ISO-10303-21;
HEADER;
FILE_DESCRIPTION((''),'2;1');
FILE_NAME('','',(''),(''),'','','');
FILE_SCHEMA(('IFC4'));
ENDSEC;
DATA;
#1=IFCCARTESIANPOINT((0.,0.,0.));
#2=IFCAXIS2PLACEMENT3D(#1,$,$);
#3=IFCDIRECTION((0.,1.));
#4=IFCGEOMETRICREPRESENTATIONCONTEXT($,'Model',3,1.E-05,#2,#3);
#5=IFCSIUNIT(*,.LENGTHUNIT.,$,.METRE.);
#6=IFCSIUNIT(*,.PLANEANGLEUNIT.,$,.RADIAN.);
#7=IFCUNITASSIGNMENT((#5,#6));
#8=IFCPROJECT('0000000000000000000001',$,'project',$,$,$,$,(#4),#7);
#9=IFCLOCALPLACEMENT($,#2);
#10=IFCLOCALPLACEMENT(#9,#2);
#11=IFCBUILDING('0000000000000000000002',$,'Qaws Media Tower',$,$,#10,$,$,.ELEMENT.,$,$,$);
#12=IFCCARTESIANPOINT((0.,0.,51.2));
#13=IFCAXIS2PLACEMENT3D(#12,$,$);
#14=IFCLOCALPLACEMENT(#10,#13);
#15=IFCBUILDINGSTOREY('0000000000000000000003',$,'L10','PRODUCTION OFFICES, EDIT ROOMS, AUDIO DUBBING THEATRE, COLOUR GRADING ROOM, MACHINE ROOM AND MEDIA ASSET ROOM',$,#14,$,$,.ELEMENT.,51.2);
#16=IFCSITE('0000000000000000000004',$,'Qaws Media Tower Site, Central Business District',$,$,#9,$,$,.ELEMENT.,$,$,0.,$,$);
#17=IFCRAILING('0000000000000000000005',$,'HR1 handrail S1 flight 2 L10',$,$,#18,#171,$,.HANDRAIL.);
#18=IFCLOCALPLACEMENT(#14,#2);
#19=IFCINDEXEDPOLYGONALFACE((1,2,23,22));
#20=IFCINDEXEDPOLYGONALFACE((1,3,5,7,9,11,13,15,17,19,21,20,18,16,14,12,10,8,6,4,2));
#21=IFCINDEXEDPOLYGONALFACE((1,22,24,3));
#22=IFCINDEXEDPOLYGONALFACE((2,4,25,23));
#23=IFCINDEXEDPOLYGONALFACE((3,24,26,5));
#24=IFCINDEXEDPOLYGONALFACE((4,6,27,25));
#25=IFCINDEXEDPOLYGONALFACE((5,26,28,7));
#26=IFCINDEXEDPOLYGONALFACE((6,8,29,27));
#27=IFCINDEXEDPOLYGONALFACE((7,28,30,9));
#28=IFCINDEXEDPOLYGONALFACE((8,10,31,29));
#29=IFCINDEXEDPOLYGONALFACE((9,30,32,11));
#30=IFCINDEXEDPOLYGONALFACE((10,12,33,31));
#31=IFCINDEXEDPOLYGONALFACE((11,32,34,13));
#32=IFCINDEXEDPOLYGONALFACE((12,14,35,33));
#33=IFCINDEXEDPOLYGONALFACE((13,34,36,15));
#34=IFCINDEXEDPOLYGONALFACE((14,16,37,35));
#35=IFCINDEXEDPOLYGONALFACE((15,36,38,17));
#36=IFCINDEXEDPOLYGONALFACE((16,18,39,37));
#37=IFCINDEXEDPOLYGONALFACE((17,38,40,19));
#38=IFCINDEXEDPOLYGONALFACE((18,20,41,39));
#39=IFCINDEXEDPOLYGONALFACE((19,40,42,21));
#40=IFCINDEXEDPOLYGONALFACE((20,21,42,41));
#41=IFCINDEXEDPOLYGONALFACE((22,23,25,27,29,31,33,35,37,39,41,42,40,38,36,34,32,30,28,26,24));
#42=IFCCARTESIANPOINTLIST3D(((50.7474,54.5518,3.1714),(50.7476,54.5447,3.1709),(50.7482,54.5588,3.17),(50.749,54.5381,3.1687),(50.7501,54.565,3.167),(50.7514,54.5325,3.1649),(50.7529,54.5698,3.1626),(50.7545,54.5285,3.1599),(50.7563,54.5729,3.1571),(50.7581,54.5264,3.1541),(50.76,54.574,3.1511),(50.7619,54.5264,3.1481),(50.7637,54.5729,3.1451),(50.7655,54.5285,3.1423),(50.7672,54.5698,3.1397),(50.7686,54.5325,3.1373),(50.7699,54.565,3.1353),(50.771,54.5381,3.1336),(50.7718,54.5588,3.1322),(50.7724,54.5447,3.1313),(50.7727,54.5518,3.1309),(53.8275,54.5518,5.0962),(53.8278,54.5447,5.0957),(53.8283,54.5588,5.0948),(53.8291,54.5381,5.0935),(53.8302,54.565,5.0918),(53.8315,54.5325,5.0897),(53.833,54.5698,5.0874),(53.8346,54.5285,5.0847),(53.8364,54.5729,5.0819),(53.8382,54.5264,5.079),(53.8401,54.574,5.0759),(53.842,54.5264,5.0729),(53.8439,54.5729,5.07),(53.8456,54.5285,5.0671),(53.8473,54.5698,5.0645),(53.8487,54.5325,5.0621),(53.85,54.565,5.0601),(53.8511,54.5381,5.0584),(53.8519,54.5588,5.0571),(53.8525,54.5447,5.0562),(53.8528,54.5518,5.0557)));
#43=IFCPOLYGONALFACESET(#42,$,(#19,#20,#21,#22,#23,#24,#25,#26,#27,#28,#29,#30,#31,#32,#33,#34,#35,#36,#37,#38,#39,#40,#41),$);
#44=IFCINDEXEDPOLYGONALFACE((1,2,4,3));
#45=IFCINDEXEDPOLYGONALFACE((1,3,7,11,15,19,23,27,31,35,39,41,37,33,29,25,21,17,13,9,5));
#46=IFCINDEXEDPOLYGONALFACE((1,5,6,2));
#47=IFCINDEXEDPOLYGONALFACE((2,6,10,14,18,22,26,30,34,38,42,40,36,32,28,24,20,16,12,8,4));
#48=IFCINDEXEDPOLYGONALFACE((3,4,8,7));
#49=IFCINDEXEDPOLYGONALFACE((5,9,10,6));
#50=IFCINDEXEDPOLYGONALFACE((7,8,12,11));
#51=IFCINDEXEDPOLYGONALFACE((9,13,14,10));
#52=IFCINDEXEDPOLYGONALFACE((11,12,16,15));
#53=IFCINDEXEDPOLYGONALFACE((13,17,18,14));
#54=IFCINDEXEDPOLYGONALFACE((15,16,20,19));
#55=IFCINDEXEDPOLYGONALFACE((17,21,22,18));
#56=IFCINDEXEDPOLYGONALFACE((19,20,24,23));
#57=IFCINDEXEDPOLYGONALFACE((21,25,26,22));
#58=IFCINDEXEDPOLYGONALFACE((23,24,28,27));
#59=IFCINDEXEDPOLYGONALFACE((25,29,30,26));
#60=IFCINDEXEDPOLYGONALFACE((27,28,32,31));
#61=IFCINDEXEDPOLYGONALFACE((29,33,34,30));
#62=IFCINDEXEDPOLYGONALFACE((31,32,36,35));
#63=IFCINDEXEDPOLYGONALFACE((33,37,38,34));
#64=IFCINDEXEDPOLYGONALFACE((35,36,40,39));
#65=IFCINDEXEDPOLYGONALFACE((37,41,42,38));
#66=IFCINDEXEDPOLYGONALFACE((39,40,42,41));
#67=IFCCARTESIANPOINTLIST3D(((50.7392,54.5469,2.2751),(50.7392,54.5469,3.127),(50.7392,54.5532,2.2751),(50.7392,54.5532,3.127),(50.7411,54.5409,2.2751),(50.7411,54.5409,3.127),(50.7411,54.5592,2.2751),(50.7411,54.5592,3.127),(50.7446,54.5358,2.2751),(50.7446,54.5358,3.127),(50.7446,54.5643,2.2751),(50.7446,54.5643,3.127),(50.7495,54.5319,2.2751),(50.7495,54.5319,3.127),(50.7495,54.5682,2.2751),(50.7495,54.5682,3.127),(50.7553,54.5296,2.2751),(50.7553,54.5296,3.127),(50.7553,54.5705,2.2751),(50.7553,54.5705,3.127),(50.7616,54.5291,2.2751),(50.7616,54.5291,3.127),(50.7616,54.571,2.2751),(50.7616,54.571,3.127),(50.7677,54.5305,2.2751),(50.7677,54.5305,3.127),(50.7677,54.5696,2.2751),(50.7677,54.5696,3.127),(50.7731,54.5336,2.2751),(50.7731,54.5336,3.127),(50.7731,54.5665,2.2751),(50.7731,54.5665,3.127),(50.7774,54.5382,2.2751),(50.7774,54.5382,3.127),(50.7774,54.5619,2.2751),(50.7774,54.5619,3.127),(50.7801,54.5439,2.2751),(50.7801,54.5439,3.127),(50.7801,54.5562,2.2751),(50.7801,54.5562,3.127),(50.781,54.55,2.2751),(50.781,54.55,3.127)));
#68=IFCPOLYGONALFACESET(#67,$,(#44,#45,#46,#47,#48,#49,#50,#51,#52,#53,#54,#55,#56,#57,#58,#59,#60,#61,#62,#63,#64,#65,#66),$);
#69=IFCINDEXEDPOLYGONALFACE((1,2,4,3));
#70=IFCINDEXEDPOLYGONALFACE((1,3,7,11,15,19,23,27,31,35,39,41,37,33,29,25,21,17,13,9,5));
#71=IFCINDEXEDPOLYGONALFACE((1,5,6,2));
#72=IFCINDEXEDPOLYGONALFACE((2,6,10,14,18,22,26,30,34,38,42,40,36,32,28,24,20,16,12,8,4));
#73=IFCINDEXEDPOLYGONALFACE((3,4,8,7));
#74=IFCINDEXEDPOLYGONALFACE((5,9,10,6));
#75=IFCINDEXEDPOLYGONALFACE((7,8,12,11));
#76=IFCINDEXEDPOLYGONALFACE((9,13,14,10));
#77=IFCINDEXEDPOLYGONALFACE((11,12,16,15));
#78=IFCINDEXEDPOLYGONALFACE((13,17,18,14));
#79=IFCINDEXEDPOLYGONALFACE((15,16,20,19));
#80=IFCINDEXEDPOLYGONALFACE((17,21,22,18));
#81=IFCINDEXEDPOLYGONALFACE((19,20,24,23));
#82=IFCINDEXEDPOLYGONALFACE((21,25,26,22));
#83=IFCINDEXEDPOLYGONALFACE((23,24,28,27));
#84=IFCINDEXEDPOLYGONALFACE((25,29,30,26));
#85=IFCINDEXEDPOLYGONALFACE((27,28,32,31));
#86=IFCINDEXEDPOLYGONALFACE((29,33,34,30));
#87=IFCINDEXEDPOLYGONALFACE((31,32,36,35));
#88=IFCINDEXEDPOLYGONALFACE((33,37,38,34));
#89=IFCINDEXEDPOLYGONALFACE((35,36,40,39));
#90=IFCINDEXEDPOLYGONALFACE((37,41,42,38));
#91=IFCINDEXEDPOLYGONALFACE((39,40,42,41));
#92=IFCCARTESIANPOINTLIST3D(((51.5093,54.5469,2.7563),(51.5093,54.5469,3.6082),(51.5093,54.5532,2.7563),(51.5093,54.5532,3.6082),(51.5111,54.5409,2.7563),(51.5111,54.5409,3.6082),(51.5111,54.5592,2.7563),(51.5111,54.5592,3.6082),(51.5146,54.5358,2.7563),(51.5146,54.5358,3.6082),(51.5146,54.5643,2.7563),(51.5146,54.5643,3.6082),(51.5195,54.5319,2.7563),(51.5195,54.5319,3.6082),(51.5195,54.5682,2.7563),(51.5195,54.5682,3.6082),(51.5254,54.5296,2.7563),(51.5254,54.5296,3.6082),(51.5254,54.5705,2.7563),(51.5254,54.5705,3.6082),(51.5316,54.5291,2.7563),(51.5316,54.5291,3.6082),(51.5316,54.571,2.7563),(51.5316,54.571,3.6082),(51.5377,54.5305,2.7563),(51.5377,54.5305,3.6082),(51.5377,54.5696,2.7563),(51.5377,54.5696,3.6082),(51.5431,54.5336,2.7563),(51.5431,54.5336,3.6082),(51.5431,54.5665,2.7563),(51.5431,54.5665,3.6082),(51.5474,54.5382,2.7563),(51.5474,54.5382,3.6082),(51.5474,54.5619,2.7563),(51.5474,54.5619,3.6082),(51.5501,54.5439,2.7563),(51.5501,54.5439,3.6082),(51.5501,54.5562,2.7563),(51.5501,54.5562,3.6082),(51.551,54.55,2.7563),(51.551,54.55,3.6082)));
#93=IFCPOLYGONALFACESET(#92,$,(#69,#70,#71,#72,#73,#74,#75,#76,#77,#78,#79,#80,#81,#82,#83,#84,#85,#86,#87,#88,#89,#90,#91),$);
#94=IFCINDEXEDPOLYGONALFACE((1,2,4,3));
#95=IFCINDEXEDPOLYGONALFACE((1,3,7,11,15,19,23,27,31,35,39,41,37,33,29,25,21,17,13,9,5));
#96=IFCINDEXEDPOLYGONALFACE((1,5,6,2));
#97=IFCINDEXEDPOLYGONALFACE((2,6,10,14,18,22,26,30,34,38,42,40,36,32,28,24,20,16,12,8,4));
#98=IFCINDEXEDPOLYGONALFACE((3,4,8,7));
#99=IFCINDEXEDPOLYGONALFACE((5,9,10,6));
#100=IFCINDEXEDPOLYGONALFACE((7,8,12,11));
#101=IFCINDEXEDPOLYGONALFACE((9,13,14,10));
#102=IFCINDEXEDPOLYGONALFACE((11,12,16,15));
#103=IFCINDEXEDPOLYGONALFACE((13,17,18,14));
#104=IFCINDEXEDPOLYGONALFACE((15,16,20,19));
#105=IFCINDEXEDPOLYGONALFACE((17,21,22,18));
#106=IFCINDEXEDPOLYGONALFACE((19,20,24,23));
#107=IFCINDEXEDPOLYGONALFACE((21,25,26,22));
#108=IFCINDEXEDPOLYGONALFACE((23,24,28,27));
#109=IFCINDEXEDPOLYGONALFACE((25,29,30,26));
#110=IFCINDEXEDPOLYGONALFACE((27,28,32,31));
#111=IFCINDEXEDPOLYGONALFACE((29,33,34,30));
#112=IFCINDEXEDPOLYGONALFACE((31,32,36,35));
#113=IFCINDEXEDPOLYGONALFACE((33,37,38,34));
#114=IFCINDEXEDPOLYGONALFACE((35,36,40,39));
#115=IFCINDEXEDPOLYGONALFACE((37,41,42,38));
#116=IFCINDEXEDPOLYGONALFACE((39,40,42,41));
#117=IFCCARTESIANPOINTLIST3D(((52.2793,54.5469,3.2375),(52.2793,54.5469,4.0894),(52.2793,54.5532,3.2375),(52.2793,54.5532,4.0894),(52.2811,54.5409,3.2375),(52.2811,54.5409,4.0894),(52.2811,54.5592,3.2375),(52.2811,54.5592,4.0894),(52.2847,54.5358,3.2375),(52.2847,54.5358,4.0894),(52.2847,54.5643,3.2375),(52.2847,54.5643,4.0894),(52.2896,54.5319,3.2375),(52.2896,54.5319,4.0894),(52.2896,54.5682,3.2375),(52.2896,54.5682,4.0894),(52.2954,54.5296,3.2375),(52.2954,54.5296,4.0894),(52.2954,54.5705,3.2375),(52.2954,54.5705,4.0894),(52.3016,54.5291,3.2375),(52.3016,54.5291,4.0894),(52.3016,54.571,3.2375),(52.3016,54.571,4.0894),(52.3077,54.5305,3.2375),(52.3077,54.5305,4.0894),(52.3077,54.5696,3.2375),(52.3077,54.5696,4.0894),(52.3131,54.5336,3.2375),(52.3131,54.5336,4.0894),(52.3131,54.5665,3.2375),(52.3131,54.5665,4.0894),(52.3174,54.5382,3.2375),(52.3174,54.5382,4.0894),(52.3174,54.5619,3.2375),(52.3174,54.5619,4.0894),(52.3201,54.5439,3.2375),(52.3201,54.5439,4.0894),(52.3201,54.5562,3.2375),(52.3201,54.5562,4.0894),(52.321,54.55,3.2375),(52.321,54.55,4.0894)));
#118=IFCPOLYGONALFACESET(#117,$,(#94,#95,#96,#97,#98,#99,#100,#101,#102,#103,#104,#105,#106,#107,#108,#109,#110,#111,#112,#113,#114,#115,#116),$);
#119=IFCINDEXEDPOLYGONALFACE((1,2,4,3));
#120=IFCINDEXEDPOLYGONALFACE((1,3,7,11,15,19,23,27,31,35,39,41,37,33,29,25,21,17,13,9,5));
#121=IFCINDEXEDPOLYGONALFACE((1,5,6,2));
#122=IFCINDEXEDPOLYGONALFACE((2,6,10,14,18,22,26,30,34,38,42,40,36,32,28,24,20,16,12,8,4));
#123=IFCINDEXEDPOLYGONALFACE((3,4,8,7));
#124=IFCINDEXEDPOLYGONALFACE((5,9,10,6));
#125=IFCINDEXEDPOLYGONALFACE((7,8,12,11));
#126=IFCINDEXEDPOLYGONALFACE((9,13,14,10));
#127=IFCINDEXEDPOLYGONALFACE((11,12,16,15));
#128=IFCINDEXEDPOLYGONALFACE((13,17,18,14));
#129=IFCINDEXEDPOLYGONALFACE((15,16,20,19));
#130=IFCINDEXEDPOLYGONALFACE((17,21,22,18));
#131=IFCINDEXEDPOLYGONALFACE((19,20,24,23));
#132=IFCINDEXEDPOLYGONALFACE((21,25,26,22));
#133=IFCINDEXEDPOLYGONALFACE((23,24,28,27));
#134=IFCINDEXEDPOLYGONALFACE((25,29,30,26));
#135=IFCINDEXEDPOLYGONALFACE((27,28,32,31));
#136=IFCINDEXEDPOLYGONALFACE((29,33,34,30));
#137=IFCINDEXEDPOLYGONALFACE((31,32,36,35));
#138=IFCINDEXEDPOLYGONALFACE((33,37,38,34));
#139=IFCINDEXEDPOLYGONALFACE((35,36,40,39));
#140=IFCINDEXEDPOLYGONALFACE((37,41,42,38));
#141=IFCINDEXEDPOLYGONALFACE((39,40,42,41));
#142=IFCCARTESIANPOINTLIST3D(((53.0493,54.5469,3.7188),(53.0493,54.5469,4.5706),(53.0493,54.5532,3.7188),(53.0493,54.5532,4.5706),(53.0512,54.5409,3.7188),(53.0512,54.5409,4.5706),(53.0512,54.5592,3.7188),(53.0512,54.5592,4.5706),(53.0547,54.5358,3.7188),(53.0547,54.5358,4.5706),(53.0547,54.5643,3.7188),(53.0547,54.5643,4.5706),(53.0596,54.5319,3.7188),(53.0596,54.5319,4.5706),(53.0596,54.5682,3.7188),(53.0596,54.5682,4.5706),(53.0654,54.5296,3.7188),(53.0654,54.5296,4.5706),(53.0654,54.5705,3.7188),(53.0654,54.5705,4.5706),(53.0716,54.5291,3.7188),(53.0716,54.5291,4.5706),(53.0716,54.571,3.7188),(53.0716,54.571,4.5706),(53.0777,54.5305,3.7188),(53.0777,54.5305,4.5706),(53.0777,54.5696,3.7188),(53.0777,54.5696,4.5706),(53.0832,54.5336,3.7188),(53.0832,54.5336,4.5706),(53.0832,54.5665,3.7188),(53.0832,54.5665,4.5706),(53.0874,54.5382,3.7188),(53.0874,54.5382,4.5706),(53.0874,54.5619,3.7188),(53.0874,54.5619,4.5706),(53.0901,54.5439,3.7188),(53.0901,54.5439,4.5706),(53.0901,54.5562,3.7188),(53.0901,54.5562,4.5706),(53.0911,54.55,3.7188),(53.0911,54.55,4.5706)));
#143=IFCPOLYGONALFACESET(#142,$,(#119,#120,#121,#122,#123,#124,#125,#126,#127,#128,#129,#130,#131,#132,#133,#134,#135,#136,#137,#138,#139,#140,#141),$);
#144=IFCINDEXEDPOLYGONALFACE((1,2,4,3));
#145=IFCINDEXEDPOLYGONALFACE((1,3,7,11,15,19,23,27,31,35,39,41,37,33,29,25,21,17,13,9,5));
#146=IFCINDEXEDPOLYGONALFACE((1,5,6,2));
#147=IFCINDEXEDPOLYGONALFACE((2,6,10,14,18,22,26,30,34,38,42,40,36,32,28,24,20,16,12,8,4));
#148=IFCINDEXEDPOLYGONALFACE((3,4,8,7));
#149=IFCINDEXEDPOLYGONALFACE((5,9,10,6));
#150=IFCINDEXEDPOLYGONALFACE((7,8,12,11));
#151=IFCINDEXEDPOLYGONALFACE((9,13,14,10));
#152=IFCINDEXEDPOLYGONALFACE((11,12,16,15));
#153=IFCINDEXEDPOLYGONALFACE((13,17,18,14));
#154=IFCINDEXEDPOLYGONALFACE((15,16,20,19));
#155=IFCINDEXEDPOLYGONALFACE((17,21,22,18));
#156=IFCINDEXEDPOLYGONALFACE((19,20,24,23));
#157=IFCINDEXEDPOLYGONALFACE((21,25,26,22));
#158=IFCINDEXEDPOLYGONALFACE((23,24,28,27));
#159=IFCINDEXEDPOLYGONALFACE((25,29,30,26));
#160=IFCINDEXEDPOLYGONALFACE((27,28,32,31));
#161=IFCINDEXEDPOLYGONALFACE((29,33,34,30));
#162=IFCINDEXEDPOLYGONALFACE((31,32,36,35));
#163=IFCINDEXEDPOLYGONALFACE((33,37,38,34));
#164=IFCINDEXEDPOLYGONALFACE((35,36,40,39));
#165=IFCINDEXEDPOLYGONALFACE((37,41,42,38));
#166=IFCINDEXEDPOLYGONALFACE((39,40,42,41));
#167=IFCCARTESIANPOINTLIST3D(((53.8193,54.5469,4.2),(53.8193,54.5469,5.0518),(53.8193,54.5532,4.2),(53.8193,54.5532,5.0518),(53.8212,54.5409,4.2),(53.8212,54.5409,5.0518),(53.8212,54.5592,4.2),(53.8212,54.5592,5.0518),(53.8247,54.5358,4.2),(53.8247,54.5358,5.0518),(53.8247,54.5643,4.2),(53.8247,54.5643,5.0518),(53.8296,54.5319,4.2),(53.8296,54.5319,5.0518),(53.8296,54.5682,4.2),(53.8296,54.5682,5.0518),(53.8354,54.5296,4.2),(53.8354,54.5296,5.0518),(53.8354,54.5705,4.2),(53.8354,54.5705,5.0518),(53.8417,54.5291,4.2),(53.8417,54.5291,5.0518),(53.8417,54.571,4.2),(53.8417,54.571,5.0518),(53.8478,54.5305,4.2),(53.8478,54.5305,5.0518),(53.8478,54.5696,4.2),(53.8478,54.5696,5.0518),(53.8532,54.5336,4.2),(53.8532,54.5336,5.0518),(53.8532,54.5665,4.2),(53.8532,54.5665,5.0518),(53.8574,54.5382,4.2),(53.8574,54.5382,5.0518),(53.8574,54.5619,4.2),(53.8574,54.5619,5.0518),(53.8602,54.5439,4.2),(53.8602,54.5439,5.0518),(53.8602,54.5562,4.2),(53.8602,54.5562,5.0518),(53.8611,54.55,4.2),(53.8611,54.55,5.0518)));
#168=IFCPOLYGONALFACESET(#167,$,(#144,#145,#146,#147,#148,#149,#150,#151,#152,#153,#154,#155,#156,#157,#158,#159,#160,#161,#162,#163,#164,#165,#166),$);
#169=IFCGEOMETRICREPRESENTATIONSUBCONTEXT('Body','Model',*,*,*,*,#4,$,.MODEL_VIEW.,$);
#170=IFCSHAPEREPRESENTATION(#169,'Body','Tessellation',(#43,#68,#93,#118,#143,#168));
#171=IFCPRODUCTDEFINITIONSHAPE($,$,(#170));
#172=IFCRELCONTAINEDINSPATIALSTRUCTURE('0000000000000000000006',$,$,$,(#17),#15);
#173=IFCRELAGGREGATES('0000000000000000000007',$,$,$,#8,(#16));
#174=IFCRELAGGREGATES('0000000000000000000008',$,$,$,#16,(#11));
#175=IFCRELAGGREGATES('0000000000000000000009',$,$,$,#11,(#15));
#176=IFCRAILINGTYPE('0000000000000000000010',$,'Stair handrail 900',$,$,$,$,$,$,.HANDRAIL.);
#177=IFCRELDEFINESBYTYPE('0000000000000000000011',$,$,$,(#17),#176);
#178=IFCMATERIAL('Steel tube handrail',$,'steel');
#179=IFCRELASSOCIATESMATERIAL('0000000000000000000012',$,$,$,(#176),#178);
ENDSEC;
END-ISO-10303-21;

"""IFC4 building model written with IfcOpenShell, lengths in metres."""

from ifc_helpers import new_model, si_unit, direction, frame, origin, origin_2d, place, context, subcontext, project, spatial, circle, extrude, material, type_object, element, save


model = new_model("IFC4")

# Units and contexts
model_context = context("Model", 3, precision=1e-05, world=origin(), true_north=direction((0.0, 1.0)))
body_context = subcontext(model_context, "Body", "Model", "MODEL_VIEW")
ifc_project = project(units=[si_unit("LENGTHUNIT", "METRE"), si_unit("PLANEANGLEUNIT", "RADIAN")], contexts=[model_context])

# Site, building, storey
site_placement = place(None, origin())
site = spatial("IfcSite", under=ifc_project, at=site_placement, Name="Qaws Media Tower Site, Central Business District", CompositionType="ELEMENT", RefElevation=0.0)
building_placement = place(site_placement, origin())
building = spatial("IfcBuilding", under=site, at=building_placement, Name="Qaws Media Tower", CompositionType="ELEMENT")
storey_placement = place(building_placement, frame((0.0, 0.0, 51.2)))
storey = spatial("IfcBuildingStorey", under=building, at=storey_placement, Name="L10", Description="PRODUCTION OFFICES, EDIT ROOMS, AUDIO DUBBING THEATRE, COLOUR GRADING ROOM, MACHINE ROOM AND MEDIA ASSET ROOM", CompositionType="ELEMENT", Elevation=51.2)

# Railing
ifc_material_1 = material(Name="Steel tube handrail", Category="steel")
railing_type = type_object("IfcRailingType", Name="Stair handrail 900", PredefinedType="HANDRAIL", material=ifc_material_1)
for number, where, name in (
    (1, (50.76, 54.55, 2.2751), "HR1 handrail S1 flight 2 L10"),
):
    element("IfcRailing", number, at=place(storey_placement, frame(where)), inside=storey, type_object=railing_type, Name=name, PredefinedType="HANDRAIL", context=body_context, shape_type="SweptSolid", body=[
        extrude(circle(Radius=0.0239, at=origin_2d()), frame((0.0, 0.0, 0.876), z_axis=(0.848029, 0.0, 0.529951), x_axis=(0.0, 1.0, 0.0)), (0.0, 0.0, 1.0), 3.6321),
        extrude(circle(Radius=0.021, at=origin_2d()), origin(), (0.0, 0.0, 1.0), 0.8518),
        extrude(circle(Radius=0.021, at=origin_2d()), frame((0.77, 0.0, 0.4812)), (0.0, 0.0, 1.0), 0.8518),
        extrude(circle(Radius=0.021, at=origin_2d()), frame((1.54, 0.0, 0.9624)), (0.0, 0.0, 1.0), 0.8518),
        extrude(circle(Radius=0.021, at=origin_2d()), frame((2.3101, 0.0, 1.4436)), (0.0, 0.0, 1.0), 0.8518),
        extrude(circle(Radius=0.021, at=origin_2d()), frame((3.0801, 0.0, 1.9248)), (0.0, 0.0, 1.0), 0.8518),
    ])

save(model, "model.ifc")
